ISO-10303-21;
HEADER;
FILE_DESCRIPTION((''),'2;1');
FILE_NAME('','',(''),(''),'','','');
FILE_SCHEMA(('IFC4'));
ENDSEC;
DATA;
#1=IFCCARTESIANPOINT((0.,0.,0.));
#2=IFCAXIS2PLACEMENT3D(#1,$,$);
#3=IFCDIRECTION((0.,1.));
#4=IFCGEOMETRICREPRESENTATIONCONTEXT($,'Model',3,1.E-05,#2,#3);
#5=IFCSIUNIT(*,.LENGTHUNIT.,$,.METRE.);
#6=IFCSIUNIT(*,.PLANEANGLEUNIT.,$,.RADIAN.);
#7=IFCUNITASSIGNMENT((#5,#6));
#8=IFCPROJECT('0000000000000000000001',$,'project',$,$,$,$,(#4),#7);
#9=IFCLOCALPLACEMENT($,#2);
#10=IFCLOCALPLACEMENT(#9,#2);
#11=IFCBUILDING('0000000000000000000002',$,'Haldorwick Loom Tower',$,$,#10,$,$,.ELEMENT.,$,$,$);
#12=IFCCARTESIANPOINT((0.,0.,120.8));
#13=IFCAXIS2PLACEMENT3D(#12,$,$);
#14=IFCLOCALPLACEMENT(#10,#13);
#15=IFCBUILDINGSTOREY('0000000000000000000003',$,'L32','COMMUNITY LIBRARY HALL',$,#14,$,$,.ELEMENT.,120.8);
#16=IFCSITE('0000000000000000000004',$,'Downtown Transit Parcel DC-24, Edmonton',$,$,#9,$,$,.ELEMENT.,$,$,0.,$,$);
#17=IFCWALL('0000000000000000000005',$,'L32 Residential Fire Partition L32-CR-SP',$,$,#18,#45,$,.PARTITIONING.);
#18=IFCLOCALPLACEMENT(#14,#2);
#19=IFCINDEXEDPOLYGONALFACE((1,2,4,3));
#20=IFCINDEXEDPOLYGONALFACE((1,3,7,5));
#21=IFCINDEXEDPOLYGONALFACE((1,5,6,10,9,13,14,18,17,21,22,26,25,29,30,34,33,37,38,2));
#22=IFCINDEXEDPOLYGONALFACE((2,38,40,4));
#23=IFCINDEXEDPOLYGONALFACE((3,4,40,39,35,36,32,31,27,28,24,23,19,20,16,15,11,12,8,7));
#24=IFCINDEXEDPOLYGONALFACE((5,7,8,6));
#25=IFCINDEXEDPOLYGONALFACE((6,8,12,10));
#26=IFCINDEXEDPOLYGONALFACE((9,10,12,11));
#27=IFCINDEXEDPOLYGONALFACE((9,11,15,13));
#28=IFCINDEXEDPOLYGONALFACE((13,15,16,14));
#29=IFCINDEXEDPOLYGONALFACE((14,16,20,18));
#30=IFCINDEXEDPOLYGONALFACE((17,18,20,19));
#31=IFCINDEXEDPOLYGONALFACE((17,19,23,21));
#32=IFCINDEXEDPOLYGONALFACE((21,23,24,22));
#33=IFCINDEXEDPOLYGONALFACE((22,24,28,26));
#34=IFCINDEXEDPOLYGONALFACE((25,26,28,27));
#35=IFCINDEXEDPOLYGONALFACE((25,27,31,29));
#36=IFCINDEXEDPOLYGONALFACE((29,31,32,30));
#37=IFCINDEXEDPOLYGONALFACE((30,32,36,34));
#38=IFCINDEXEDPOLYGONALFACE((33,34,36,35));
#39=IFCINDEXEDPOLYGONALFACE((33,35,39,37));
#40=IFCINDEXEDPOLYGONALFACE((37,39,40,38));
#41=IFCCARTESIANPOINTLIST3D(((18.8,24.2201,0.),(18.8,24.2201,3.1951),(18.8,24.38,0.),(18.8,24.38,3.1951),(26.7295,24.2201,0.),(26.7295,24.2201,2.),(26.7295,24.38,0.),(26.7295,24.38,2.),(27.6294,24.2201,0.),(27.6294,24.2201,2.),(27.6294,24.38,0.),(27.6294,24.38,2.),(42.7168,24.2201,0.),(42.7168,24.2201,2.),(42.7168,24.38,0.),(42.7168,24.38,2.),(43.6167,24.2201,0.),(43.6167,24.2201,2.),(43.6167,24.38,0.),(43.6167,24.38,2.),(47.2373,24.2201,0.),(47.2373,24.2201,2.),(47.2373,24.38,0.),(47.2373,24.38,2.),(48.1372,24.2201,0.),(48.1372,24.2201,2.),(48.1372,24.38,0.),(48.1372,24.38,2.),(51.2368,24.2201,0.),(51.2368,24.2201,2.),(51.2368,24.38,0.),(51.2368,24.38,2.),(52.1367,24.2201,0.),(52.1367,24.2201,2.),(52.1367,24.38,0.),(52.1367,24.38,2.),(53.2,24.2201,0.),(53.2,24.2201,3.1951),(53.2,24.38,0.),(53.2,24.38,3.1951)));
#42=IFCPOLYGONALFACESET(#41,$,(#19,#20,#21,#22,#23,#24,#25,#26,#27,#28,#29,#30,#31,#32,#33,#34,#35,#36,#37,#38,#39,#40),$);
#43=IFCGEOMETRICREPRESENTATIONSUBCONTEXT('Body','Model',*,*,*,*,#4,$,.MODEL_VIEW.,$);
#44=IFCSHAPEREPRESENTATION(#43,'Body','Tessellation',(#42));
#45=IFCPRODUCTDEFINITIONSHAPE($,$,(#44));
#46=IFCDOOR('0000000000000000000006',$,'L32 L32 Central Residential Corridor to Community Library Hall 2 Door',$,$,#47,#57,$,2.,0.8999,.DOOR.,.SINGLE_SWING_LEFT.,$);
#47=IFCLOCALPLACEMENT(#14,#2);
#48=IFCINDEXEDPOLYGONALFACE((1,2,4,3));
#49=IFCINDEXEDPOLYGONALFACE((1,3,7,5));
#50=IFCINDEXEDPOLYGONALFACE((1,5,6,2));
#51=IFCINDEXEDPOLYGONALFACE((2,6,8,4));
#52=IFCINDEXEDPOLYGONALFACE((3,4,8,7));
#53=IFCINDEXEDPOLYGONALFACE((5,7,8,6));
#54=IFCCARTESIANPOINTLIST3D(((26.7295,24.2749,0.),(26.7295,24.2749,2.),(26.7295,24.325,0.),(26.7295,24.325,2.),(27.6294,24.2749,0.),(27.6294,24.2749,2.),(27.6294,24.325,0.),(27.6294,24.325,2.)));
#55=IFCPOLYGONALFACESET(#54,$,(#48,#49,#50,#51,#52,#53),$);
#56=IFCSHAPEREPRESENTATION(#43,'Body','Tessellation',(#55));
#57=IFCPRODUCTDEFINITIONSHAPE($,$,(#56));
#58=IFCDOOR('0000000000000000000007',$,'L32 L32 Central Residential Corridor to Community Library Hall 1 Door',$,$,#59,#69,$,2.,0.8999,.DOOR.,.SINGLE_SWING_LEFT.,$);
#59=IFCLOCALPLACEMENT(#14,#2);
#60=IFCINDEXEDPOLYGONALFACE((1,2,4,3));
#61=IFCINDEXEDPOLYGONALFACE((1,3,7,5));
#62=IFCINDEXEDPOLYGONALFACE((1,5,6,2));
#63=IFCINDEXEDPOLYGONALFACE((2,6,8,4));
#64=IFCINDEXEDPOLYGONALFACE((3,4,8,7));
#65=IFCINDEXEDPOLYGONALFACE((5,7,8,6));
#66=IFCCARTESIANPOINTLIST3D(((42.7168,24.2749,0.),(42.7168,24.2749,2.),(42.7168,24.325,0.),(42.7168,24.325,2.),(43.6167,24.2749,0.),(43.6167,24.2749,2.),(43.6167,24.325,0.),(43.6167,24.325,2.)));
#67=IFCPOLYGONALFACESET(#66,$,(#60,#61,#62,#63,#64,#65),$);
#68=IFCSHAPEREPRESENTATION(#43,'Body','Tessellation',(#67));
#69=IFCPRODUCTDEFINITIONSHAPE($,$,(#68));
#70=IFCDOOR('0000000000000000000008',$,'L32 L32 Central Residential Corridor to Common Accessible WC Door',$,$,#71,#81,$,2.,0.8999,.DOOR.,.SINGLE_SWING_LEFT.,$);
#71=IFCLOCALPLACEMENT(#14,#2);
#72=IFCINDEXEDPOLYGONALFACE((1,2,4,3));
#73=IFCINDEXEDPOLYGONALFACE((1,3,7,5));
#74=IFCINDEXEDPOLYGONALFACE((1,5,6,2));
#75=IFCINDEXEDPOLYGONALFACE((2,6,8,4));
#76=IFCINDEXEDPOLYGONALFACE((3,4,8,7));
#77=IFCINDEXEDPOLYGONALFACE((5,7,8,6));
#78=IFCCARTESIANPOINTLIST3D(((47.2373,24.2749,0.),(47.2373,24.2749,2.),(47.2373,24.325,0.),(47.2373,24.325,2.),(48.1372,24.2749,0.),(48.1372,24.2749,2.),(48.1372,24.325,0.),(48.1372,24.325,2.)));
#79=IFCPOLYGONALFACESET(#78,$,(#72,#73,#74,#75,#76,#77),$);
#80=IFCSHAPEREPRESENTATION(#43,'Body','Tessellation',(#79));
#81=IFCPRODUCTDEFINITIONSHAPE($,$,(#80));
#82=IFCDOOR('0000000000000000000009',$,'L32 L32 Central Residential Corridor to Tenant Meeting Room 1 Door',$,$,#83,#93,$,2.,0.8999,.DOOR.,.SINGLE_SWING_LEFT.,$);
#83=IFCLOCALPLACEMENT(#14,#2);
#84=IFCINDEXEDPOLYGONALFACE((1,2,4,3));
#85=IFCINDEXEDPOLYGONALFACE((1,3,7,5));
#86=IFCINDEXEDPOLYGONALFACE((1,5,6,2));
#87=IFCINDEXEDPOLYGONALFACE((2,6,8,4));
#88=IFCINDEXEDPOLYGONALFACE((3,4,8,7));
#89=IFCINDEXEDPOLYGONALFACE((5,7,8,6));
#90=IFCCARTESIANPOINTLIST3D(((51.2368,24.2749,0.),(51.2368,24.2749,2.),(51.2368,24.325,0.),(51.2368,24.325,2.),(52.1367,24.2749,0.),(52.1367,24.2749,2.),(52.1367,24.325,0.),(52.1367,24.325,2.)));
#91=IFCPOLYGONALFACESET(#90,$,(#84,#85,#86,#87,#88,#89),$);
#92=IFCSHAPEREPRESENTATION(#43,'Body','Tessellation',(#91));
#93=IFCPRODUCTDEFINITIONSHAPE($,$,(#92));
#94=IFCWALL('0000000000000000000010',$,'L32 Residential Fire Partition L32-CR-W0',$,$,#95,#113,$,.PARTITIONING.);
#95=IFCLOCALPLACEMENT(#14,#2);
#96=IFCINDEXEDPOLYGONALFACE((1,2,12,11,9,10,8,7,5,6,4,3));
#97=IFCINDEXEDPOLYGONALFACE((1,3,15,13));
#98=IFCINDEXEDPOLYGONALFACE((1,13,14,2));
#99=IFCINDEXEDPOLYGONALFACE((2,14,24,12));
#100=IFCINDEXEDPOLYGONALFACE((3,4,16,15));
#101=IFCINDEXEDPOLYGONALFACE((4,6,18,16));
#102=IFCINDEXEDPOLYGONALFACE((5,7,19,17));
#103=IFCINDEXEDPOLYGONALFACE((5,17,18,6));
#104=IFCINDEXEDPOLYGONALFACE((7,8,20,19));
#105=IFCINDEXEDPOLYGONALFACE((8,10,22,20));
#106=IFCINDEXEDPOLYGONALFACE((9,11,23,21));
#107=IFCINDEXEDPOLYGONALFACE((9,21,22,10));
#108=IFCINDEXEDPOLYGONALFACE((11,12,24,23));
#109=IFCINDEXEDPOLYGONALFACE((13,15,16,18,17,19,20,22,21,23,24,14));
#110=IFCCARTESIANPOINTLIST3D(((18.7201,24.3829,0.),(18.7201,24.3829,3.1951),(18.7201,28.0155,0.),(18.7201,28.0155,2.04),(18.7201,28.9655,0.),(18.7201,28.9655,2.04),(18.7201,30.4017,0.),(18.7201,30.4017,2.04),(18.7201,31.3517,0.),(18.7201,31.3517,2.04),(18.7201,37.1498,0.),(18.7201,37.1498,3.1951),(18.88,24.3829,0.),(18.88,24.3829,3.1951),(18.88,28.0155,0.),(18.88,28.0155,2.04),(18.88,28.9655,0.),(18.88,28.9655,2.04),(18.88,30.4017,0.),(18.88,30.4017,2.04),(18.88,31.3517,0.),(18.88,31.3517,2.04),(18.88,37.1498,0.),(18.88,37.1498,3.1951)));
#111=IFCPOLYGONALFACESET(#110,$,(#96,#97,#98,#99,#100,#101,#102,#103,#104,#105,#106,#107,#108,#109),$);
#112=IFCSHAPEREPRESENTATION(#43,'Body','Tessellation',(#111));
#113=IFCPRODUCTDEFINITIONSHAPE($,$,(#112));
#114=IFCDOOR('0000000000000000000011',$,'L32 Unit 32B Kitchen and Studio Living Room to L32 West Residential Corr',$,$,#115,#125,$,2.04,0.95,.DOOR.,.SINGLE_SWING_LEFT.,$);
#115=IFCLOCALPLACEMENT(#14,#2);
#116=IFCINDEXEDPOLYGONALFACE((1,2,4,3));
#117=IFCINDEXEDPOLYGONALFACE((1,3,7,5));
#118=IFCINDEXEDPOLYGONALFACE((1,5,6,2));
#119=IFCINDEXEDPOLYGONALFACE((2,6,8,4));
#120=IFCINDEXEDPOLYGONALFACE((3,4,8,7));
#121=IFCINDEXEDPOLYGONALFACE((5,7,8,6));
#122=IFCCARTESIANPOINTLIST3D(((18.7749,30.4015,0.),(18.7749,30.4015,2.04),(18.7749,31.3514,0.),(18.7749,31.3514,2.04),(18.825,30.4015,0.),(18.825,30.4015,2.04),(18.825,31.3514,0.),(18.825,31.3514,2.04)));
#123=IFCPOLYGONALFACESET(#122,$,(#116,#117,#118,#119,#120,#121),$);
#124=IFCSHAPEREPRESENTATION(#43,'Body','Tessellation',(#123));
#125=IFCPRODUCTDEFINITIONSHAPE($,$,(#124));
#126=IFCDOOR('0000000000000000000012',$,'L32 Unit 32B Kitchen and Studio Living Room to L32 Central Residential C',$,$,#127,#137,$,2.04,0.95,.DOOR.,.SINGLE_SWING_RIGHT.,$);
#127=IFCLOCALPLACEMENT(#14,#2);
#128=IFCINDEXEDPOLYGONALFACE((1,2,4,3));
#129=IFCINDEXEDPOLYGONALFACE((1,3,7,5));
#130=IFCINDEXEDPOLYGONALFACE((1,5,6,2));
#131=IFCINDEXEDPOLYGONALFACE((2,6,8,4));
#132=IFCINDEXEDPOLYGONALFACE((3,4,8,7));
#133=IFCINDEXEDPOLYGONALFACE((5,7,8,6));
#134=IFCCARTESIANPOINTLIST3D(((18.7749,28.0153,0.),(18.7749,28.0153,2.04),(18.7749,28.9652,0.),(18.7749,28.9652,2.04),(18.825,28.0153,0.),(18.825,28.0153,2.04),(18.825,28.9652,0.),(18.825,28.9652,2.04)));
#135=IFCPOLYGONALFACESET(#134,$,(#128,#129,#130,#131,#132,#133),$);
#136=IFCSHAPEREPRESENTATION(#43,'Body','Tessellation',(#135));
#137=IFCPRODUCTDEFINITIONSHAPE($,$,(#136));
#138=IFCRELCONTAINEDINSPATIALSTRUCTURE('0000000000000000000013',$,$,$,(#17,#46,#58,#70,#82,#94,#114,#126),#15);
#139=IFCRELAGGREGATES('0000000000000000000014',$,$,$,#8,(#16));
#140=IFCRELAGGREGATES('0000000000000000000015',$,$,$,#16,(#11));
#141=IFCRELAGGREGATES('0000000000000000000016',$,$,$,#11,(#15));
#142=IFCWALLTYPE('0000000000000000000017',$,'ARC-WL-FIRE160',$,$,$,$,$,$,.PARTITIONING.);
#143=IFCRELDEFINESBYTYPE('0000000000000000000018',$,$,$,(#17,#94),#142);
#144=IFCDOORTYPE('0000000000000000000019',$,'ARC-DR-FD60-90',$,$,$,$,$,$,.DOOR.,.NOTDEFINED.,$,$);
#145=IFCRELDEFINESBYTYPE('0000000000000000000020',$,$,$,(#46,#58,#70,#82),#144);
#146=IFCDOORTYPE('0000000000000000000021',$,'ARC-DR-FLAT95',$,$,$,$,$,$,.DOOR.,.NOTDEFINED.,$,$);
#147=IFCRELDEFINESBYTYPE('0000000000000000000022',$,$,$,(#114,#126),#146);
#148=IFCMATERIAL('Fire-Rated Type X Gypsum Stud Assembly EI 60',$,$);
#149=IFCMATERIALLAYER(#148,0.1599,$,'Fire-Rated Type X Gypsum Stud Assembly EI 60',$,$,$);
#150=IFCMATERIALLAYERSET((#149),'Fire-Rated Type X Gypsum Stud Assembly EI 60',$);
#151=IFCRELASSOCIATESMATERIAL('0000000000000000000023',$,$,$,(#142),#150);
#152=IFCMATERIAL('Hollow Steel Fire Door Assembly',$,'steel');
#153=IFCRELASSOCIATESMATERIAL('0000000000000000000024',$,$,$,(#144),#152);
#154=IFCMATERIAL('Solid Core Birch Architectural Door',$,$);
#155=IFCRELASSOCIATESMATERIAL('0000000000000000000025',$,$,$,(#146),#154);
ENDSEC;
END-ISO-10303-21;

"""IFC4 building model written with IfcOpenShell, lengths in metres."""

from ifc_helpers import new_model, si_unit, direction, frame, frame_2d, origin, place, context, subcontext, project, spatial, rectangle, extrude, material, layer, layer_set, type_object, element, fill, save


model = new_model("IFC4")

# Units and contexts
model_context = context("Model", 3, precision=1e-05, world=origin(), true_north=direction((0.0, 1.0)))
body_context = subcontext(model_context, "Body", "Model", "MODEL_VIEW")
ifc_project = project(units=[si_unit("LENGTHUNIT", "METRE"), si_unit("PLANEANGLEUNIT", "RADIAN")], contexts=[model_context])

# Site, building, storey
site_placement = place(None, origin())
site = spatial("IfcSite", under=ifc_project, at=site_placement, Name="Downtown Transit Parcel DC-24, Edmonton", CompositionType="ELEMENT", RefElevation=0.0)
building_placement = place(site_placement, origin())
building = spatial("IfcBuilding", under=site, at=building_placement, Name="Haldorwick Loom Tower", CompositionType="ELEMENT")
storey_placement = place(building_placement, frame((0.0, 0.0, 120.8)))
storey = spatial("IfcBuildingStorey", under=building, at=storey_placement, Name="L32", Description="COMMUNITY LIBRARY HALL", CompositionType="ELEMENT", Elevation=120.8)

# Walls, openings, doors
ifc_material_1 = material(Name="Fire-Rated Type X Gypsum Stud Assembly EI 60")
ifc_layer_1 = layer(ifc_material_1, 0.1599, Name="Fire-Rated Type X Gypsum Stud Assembly EI 60")
ifc_layer_set_1 = layer_set([ifc_layer_1], Name="Fire-Rated Type X Gypsum Stud Assembly EI 60")
wall_type_1 = type_object("IfcWallType", Name="ARC-WL-FIRE160", PredefinedType="PARTITIONING", material=ifc_layer_set_1)
wall_1_placement = place(storey_placement, frame((18.8, 24.3, 0.0), z_axis=(0.0, 0.0, 1.0), x_axis=(1.0, 0.0, 0.0)))
wall_1 = element("IfcWall", 1, at=wall_1_placement, inside=storey, type_object=wall_type_1, Name="L32 Residential Fire Partition L32-CR-SP", PredefinedType="PARTITIONING", context=body_context, shape_type="SweptSolid", body=[
    extrude(rectangle(XDim=34.3999, YDim=0.1599, at=frame_2d((17.2, 0.0))), origin(), (0.0, 0.0, 1.0), 3.1951),
])
opening_1_placement = place(wall_1_placement, frame((7.9294, 0.0, 0.0)))
opening_1 = element("IfcOpeningElement", 2, at=opening_1_placement, cuts=wall_1, PredefinedType="OPENING", context=body_context, shape_type="SweptSolid", body=[
    extrude(rectangle(XDim=0.8999, YDim=2.0, at=frame_2d((0.45, 1.0))), frame((0.0, 0.0898, 0.0), z_axis=(0.0, -1.0, 0.0), x_axis=(1.0, 0.0, 0.0)), (0.0, 0.0, 1.0), 0.1799),
])
opening_2_placement = place(wall_1_placement, frame((23.9167, 0.0, 0.0)))
opening_2 = element("IfcOpeningElement", 3, at=opening_2_placement, cuts=wall_1, PredefinedType="OPENING", context=body_context, shape_type="SweptSolid", body=[
    extrude(rectangle(XDim=0.8999, YDim=2.0, at=frame_2d((0.45, 1.0))), frame((0.0, 0.0898, 0.0), z_axis=(0.0, -1.0, 0.0), x_axis=(1.0, 0.0, 0.0)), (0.0, 0.0, 1.0), 0.1799),
])
opening_3_placement = place(wall_1_placement, frame((28.4373, 0.0, 0.0)))
opening_3 = element("IfcOpeningElement", 4, at=opening_3_placement, cuts=wall_1, PredefinedType="OPENING", context=body_context, shape_type="SweptSolid", body=[
    extrude(rectangle(XDim=0.8999, YDim=2.0, at=frame_2d((0.45, 1.0))), frame((0.0, 0.0898, 0.0), z_axis=(0.0, -1.0, 0.0), x_axis=(1.0, 0.0, 0.0)), (0.0, 0.0, 1.0), 0.1799),
])
opening_4_placement = place(wall_1_placement, frame((32.4368, 0.0, 0.0)))
opening_4 = element("IfcOpeningElement", 5, at=opening_4_placement, cuts=wall_1, PredefinedType="OPENING", context=body_context, shape_type="SweptSolid", body=[
    extrude(rectangle(XDim=0.8999, YDim=2.0, at=frame_2d((0.45, 1.0))), frame((0.0, 0.0898, 0.0), z_axis=(0.0, -1.0, 0.0), x_axis=(1.0, 0.0, 0.0)), (0.0, 0.0, 1.0), 0.1799),
])
ifc_material_2 = material(Name="Hollow Steel Fire Door Assembly", Category="steel")
door_type_1 = type_object("IfcDoorType", Name="ARC-DR-FD60-90", OperationType="NOTDEFINED", PredefinedType="DOOR", material=ifc_material_2)
door_1_placement = place(opening_1_placement, origin())
door_1 = element("IfcDoor", 6, at=door_1_placement, inside=storey, type_object=door_type_1, Name="L32 L32 Central Residential Corridor to Community Library Hall 2 Door", OperationType="SINGLE_SWING_LEFT", OverallHeight=2.0, OverallWidth=0.8999, PredefinedType="DOOR", context=body_context, shape_type="SweptSolid", body=[
    extrude(rectangle(XDim=0.8999, YDim=2.0, at=frame_2d((0.45, 1.0))), frame((0.0, 0.0249, 0.0), z_axis=(0.0, -1.0, 0.0), x_axis=(1.0, 0.0, 0.0)), (0.0, 0.0, 1.0), 0.05),
])
fill(opening_1, door_1)
door_2_placement = place(opening_2_placement, origin())
door_2 = element("IfcDoor", 7, at=door_2_placement, inside=storey, type_object=door_type_1, Name="L32 L32 Central Residential Corridor to Community Library Hall 1 Door", OperationType="SINGLE_SWING_LEFT", OverallHeight=2.0, OverallWidth=0.8999, PredefinedType="DOOR", context=body_context, shape_type="SweptSolid", body=[
    extrude(rectangle(XDim=0.8999, YDim=2.0, at=frame_2d((0.45, 1.0))), frame((0.0, 0.0249, 0.0), z_axis=(0.0, -1.0, 0.0), x_axis=(1.0, 0.0, 0.0)), (0.0, 0.0, 1.0), 0.05),
])
fill(opening_2, door_2)
door_3_placement = place(opening_3_placement, origin())
door_3 = element("IfcDoor", 8, at=door_3_placement, inside=storey, type_object=door_type_1, Name="L32 L32 Central Residential Corridor to Common Accessible WC Door", OperationType="SINGLE_SWING_LEFT", OverallHeight=2.0, OverallWidth=0.8999, PredefinedType="DOOR", context=body_context, shape_type="SweptSolid", body=[
    extrude(rectangle(XDim=0.8999, YDim=2.0, at=frame_2d((0.45, 1.0))), frame((0.0, 0.0249, 0.0), z_axis=(0.0, -1.0, 0.0), x_axis=(1.0, 0.0, 0.0)), (0.0, 0.0, 1.0), 0.05),
])
fill(opening_3, door_3)
door_4_placement = place(opening_4_placement, origin())
door_4 = element("IfcDoor", 9, at=door_4_placement, inside=storey, type_object=door_type_1, Name="L32 L32 Central Residential Corridor to Tenant Meeting Room 1 Door", OperationType="SINGLE_SWING_LEFT", OverallHeight=2.0, OverallWidth=0.8999, PredefinedType="DOOR", context=body_context, shape_type="SweptSolid", body=[
    extrude(rectangle(XDim=0.8999, YDim=2.0, at=frame_2d((0.45, 1.0))), frame((0.0, 0.0249, 0.0), z_axis=(0.0, -1.0, 0.0), x_axis=(1.0, 0.0, 0.0)), (0.0, 0.0, 1.0), 0.05),
])
fill(opening_4, door_4)
wall_2_placement = place(storey_placement, frame((18.8, 24.3831, 0.0), z_axis=(0.0, 0.0, 1.0), x_axis=(0.0, 1.0, 0.0)))
wall_2 = element("IfcWall", 10, at=wall_2_placement, inside=storey, type_object=wall_type_1, Name="L32 Residential Fire Partition L32-CR-W0", PredefinedType="PARTITIONING", context=body_context, shape_type="SweptSolid", body=[
    extrude(rectangle(XDim=12.7668, YDim=0.1599, at=frame_2d((6.3833, 0.0))), origin(), (0.0, 0.0, 1.0), 3.1951),
])
opening_5_placement = place(wall_2_placement, frame((6.0186, 0.0, 0.0)))
opening_5 = element("IfcOpeningElement", 11, at=opening_5_placement, cuts=wall_2, PredefinedType="OPENING", context=body_context, shape_type="SweptSolid", body=[
    extrude(rectangle(XDim=0.95, YDim=2.04, at=frame_2d((0.4751, 1.02))), frame((0.0, 0.0898, 0.0), z_axis=(0.0, -1.0, 0.0), x_axis=(1.0, 0.0, 0.0)), (0.0, 0.0, 1.0), 0.1799),
])
opening_6_placement = place(wall_2_placement, frame((3.6323, 0.0, 0.0)))
opening_6 = element("IfcOpeningElement", 12, at=opening_6_placement, cuts=wall_2, PredefinedType="OPENING", context=body_context, shape_type="SweptSolid", body=[
    extrude(rectangle(XDim=0.95, YDim=2.04, at=frame_2d((0.4751, 1.02))), frame((0.0, 0.0898, 0.0), z_axis=(0.0, -1.0, 0.0), x_axis=(1.0, 0.0, 0.0)), (0.0, 0.0, 1.0), 0.1799),
])
ifc_material_3 = material(Name="Solid Core Birch Architectural Door")
door_type_2 = type_object("IfcDoorType", Name="ARC-DR-FLAT95", OperationType="NOTDEFINED", PredefinedType="DOOR", material=ifc_material_3)
door_5_placement = place(opening_5_placement, frame((0.95, 0.0, 0.0), z_axis=(0.0, 0.0, 1.0), x_axis=(-1.0, 0.0, 0.0)))
door_5 = element("IfcDoor", 13, at=door_5_placement, inside=storey, type_object=door_type_2, Name="L32 Unit 32B Kitchen and Studio Living Room to L32 West Residential Corr", OperationType="SINGLE_SWING_LEFT", OverallHeight=2.04, OverallWidth=0.95, PredefinedType="DOOR", context=body_context, shape_type="SweptSolid", body=[
    extrude(rectangle(XDim=0.95, YDim=2.04, at=frame_2d((0.4751, 1.02))), frame((0.0, 0.0249, 0.0), z_axis=(0.0, -1.0, 0.0), x_axis=(1.0, 0.0, 0.0)), (0.0, 0.0, 1.0), 0.05),
])
fill(opening_5, door_5)
door_6_placement = place(opening_6_placement, frame((0.95, 0.0, 0.0), z_axis=(0.0, 0.0, 1.0), x_axis=(-1.0, 0.0, 0.0)))
door_6 = element("IfcDoor", 14, at=door_6_placement, inside=storey, type_object=door_type_2, Name="L32 Unit 32B Kitchen and Studio Living Room to L32 Central Residential C", OperationType="SINGLE_SWING_RIGHT", OverallHeight=2.04, OverallWidth=0.95, PredefinedType="DOOR", context=body_context, shape_type="SweptSolid", body=[
    extrude(rectangle(XDim=0.95, YDim=2.04, at=frame_2d((0.4751, 1.02))), frame((0.0, 0.0249, 0.0), z_axis=(0.0, -1.0, 0.0), x_axis=(1.0, 0.0, 0.0)), (0.0, 0.0, 1.0), 0.05),
])
fill(opening_6, door_6)

save(model, "model.ifc")
